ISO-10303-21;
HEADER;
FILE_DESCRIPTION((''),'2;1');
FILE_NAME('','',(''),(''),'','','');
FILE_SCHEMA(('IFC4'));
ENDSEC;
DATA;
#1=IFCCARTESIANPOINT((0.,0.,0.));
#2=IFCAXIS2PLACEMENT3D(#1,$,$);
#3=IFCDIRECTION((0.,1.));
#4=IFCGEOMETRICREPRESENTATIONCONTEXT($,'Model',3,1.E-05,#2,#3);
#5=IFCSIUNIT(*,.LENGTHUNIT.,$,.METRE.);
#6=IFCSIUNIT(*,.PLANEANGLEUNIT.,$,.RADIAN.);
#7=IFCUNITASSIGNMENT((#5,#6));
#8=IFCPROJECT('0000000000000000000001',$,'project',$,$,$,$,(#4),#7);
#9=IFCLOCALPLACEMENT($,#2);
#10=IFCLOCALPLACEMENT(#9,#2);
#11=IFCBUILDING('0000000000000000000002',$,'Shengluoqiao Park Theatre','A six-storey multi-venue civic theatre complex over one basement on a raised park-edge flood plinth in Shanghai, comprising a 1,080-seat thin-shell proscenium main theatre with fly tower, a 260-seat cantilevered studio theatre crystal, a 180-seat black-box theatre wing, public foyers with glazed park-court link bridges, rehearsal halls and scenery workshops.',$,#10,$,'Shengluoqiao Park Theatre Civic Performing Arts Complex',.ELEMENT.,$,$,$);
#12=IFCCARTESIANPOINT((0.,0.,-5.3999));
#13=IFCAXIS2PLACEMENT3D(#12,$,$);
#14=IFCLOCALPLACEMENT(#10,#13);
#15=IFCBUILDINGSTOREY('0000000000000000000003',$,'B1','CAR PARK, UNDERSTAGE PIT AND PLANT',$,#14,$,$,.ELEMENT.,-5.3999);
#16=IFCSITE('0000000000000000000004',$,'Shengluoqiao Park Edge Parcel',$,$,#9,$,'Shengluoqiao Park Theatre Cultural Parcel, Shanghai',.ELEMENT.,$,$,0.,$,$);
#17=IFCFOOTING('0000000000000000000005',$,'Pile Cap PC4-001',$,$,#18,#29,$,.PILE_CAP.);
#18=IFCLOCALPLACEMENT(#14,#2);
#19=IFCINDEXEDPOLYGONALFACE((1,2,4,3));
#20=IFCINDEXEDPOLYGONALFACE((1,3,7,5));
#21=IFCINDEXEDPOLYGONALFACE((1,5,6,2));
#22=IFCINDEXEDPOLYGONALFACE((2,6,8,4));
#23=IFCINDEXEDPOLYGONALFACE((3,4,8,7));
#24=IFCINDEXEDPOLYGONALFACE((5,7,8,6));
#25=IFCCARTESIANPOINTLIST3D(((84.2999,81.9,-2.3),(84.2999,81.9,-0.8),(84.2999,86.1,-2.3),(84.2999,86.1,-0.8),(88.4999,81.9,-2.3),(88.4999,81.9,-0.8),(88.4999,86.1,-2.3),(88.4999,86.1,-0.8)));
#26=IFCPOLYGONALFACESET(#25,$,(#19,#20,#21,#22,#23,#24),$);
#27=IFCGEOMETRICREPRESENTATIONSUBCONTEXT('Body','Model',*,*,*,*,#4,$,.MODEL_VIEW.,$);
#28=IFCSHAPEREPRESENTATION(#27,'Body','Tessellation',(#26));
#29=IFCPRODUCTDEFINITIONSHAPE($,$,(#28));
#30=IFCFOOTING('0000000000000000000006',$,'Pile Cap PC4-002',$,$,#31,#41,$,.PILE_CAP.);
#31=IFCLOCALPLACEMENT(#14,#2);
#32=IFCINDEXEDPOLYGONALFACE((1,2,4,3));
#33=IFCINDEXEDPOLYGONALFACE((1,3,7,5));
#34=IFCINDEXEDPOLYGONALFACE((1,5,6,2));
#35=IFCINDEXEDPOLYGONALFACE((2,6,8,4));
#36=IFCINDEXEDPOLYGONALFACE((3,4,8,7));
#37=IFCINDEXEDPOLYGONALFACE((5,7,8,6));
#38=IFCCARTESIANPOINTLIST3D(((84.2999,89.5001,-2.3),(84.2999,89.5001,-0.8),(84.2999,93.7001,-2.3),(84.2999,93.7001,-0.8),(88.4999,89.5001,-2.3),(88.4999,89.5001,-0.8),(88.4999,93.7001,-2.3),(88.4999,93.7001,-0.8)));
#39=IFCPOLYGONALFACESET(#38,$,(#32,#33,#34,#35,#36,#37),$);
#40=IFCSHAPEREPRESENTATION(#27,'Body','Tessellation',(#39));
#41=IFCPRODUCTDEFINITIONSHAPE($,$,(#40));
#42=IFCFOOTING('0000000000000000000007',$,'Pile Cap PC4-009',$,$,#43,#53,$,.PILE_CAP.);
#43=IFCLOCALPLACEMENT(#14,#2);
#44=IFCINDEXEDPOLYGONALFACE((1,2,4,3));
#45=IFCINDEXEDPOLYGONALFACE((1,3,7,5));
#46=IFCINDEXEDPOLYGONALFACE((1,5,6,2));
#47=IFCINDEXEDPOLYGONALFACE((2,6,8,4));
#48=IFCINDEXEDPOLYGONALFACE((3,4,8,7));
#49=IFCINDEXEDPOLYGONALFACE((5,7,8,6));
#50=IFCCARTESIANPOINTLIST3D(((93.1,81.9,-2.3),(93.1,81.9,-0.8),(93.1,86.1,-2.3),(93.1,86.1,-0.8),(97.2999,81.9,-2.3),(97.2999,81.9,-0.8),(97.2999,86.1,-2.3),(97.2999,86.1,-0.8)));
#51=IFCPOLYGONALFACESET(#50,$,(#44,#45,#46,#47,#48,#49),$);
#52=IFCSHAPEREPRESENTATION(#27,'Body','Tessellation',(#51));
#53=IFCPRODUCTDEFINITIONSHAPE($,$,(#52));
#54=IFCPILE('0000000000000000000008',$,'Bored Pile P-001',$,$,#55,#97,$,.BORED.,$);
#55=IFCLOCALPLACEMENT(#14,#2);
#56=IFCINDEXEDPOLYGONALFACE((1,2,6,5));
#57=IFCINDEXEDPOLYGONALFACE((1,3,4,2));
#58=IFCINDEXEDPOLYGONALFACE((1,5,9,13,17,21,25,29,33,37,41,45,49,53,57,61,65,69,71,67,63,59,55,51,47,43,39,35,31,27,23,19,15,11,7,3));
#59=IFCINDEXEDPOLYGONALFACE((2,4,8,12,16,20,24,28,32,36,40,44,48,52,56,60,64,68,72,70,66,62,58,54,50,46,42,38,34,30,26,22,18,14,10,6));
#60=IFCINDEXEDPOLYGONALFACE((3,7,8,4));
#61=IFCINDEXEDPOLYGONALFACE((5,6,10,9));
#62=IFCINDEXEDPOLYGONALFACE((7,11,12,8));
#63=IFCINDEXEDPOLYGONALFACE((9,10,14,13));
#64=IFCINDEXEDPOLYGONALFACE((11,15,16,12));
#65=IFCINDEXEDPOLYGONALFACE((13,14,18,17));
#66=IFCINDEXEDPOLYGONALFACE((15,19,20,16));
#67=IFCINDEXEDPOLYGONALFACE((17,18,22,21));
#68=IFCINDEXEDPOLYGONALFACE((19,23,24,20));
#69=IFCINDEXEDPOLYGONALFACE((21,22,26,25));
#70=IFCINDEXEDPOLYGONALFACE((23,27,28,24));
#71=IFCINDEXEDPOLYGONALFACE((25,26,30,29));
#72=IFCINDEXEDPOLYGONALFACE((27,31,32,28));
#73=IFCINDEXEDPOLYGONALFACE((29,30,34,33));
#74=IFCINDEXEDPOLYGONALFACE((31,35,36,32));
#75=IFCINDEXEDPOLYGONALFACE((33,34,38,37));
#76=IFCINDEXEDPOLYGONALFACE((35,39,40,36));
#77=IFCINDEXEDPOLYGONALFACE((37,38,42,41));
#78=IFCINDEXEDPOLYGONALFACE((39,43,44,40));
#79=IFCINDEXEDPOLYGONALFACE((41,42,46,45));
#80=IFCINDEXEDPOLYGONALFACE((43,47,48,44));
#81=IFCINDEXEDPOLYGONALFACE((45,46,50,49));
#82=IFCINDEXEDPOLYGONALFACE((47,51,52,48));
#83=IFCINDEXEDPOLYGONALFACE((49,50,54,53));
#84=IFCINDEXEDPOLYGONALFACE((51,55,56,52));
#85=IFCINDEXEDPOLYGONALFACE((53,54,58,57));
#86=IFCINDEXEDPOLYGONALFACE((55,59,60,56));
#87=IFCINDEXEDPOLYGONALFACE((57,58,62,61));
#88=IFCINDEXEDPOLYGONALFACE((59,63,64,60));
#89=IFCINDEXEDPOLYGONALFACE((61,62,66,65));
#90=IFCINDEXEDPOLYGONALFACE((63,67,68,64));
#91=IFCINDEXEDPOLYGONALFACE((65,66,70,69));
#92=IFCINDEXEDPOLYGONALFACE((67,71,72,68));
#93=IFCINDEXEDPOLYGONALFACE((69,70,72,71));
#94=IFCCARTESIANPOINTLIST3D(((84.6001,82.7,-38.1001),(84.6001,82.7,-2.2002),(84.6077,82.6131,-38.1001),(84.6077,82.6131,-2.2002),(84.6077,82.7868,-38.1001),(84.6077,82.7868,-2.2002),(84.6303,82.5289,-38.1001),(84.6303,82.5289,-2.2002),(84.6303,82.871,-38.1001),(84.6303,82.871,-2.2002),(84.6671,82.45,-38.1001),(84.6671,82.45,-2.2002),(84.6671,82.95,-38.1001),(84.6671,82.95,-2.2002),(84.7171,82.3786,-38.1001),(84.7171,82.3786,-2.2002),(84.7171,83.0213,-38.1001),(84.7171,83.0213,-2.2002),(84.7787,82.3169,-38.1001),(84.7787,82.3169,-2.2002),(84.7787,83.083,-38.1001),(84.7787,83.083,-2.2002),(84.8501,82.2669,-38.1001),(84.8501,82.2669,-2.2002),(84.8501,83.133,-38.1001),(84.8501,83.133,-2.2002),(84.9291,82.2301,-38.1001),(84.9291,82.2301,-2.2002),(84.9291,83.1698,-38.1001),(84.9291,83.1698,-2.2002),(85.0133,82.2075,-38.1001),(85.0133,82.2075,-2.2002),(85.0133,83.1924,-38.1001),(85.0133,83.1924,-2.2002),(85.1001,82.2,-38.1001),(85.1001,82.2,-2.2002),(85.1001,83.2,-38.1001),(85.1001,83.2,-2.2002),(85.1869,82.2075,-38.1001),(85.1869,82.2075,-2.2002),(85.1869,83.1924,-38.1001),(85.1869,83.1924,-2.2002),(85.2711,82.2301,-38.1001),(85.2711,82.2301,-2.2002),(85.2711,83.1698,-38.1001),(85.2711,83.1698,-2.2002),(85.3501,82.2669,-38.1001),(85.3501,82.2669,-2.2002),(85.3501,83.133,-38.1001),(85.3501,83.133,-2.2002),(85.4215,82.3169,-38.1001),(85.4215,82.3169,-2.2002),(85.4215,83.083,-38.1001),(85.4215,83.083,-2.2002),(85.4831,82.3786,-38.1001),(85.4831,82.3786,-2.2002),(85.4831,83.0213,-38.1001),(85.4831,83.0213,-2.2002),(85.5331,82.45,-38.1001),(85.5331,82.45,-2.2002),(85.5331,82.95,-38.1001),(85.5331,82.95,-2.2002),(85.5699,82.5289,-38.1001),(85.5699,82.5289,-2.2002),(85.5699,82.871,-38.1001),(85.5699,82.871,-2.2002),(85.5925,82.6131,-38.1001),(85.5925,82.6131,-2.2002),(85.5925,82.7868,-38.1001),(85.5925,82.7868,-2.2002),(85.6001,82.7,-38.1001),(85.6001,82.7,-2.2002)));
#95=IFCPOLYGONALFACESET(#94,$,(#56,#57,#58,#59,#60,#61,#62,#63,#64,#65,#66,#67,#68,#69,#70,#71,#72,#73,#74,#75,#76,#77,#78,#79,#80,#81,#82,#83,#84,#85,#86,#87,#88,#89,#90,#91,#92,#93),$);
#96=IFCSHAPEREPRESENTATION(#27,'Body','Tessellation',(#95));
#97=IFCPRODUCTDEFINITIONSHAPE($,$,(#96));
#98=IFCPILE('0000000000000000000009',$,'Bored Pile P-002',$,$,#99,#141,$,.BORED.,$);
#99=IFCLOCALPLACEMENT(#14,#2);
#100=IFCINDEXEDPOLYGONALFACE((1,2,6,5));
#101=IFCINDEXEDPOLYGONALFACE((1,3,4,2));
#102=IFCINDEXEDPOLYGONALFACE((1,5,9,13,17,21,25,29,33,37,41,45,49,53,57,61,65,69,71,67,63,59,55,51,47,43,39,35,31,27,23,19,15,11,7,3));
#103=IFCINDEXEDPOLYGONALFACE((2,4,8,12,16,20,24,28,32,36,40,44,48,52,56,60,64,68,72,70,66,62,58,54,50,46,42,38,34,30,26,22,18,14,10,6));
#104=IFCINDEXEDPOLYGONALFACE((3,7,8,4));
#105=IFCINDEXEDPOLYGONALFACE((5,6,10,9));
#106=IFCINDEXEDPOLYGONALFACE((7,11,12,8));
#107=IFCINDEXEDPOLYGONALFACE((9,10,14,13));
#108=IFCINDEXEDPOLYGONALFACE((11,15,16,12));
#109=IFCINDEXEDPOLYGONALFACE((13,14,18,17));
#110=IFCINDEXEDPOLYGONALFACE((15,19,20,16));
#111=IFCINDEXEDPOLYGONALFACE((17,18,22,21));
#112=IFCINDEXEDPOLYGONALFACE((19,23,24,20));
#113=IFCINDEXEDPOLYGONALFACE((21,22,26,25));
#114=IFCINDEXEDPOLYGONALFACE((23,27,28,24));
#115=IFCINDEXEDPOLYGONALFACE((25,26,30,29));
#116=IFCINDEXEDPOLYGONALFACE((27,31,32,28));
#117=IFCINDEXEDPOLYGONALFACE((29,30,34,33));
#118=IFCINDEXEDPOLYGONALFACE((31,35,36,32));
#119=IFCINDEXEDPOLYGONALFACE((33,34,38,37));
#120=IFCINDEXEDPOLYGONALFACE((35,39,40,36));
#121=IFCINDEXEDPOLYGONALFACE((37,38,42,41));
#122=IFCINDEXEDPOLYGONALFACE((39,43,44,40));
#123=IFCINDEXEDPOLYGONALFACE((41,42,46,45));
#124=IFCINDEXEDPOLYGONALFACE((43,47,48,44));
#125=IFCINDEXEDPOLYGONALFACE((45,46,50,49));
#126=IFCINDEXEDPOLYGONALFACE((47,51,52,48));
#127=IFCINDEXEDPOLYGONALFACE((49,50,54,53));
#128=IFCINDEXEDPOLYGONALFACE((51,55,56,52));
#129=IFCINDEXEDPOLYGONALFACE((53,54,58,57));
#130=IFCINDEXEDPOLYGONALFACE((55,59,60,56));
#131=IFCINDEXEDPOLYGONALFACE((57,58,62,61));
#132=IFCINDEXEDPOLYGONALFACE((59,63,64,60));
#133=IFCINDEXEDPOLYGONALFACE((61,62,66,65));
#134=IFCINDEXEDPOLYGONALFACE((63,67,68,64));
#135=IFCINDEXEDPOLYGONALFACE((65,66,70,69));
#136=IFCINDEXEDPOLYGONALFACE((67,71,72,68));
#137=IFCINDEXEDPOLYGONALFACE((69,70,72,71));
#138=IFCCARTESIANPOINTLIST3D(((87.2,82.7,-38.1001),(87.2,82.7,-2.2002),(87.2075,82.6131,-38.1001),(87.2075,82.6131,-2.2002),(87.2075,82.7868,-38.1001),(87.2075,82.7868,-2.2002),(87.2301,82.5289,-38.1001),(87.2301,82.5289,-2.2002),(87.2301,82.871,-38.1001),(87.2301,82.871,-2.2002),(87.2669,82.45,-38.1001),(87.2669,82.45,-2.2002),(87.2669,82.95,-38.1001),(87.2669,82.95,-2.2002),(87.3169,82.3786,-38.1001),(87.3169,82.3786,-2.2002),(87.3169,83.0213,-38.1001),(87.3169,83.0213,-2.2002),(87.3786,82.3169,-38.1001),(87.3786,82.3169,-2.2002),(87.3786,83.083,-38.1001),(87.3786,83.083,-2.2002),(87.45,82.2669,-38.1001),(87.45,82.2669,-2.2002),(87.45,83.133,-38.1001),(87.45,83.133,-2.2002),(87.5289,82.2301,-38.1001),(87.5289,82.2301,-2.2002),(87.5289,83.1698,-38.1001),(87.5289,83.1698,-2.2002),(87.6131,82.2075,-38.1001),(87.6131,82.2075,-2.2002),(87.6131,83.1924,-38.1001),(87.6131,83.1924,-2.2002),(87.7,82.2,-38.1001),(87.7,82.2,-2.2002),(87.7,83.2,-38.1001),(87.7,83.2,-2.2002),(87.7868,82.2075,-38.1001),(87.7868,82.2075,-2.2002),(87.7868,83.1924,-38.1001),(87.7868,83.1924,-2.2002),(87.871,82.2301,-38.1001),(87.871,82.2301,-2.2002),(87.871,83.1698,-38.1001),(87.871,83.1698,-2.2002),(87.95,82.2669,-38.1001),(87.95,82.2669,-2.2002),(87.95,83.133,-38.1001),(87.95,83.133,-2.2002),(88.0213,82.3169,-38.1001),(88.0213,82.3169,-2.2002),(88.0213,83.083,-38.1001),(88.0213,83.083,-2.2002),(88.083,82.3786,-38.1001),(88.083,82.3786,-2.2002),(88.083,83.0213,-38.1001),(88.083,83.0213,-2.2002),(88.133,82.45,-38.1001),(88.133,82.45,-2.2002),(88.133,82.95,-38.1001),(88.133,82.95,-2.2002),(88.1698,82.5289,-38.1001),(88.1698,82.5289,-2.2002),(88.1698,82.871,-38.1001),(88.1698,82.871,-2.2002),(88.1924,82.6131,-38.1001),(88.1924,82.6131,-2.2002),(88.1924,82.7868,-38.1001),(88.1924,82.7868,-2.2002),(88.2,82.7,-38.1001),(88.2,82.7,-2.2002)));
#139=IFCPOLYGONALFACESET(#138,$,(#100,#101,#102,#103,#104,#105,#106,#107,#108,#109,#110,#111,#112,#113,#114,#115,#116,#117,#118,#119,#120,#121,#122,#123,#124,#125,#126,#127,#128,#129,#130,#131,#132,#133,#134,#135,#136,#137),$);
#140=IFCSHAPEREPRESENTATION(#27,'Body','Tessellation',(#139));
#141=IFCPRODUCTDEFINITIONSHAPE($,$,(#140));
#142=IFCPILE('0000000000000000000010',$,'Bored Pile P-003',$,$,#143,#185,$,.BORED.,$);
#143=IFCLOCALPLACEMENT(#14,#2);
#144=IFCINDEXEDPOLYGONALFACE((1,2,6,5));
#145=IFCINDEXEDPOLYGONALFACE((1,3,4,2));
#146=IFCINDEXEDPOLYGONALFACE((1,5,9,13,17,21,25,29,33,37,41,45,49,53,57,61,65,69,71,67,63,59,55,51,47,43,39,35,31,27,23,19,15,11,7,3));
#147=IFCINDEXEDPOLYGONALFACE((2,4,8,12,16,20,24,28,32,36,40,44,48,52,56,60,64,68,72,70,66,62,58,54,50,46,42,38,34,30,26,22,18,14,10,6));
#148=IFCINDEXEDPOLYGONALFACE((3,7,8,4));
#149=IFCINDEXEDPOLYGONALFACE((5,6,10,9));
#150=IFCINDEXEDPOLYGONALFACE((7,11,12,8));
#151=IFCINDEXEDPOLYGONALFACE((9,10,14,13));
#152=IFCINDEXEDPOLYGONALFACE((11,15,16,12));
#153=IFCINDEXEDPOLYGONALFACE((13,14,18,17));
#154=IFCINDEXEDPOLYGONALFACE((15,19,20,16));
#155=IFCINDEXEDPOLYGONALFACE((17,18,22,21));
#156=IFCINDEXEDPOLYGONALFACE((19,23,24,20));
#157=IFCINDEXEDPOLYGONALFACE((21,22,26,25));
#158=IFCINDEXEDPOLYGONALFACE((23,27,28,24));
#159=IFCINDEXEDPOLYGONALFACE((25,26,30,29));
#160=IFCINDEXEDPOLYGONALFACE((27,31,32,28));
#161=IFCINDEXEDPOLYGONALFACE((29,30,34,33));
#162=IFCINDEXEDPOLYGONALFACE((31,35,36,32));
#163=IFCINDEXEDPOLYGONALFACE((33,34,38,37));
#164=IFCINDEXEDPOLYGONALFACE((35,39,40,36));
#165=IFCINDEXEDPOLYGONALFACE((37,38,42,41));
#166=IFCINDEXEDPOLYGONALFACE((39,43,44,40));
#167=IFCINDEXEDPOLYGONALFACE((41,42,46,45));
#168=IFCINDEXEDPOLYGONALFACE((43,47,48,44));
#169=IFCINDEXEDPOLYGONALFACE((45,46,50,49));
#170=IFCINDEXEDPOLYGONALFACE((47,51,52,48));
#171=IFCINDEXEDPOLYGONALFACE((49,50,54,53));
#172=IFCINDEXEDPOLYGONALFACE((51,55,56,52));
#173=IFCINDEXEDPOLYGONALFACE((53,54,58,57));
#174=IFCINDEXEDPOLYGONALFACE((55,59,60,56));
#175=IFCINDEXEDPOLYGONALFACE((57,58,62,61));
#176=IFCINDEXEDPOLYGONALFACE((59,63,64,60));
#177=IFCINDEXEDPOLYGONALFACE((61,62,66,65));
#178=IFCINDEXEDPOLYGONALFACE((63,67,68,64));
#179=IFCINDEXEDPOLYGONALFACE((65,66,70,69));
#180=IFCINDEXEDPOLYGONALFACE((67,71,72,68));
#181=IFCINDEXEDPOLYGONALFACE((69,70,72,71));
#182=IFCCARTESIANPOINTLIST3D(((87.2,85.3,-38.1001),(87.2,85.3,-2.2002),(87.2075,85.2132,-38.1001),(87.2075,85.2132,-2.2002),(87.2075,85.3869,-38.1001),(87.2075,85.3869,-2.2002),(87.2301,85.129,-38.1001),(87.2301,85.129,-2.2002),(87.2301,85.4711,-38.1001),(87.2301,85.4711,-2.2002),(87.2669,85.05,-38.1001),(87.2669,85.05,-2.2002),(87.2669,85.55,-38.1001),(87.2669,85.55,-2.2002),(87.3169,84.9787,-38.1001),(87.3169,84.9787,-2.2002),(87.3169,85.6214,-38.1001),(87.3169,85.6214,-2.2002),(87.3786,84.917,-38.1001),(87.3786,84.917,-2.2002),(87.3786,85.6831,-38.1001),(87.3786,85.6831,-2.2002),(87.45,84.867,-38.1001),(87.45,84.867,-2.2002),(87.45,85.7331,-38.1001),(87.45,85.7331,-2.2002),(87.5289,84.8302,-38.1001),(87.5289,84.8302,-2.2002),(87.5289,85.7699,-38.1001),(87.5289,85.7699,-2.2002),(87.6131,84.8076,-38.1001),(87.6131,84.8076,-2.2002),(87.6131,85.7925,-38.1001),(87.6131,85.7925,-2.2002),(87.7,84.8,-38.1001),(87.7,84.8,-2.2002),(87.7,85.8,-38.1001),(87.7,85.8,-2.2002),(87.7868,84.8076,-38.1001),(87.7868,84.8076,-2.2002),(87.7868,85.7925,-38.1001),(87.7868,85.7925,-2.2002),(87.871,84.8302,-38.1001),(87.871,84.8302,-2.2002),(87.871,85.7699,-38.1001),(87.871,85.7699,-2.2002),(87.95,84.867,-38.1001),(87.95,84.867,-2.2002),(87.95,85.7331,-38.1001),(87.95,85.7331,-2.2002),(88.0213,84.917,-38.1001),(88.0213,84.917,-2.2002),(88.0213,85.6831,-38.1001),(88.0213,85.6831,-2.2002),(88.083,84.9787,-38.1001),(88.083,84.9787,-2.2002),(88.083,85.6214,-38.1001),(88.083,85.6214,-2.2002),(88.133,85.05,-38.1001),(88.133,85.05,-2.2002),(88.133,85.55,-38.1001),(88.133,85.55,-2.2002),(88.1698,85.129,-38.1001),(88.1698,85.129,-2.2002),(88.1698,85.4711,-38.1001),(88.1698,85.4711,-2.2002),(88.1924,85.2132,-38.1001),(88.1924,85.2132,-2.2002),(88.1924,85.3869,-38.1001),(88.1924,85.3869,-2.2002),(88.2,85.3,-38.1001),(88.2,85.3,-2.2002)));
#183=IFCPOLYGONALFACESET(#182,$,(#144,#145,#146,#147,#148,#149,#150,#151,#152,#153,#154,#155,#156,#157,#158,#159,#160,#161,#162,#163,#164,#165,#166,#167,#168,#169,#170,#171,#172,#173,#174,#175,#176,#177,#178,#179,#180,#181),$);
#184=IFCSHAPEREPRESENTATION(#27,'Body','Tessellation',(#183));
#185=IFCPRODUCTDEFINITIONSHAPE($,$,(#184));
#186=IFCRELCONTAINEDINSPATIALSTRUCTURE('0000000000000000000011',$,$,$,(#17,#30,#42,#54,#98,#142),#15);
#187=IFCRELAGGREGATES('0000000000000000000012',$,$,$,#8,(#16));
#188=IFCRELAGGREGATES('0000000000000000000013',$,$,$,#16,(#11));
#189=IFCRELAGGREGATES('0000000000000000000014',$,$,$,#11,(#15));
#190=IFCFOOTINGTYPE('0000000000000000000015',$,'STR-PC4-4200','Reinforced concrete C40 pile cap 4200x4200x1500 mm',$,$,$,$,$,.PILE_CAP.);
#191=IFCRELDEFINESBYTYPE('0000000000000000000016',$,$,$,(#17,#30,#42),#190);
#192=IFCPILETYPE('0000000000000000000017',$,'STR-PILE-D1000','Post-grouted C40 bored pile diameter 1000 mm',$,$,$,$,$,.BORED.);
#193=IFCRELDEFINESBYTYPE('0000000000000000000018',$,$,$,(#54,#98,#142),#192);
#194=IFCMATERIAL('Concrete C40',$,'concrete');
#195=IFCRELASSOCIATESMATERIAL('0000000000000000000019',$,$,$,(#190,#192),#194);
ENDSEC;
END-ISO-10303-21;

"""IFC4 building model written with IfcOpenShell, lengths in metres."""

from ifc_helpers import new_model, si_unit, direction, frame, origin, origin_2d, place, context, subcontext, project, spatial, rectangle, circle, extrude, material, material_profile, profile_set, type_object, element, save


model = new_model("IFC4")

# Units and contexts
model_context = context("Model", 3, precision=1e-05, world=origin(), true_north=direction((0.0, 1.0)))
body_context = subcontext(model_context, "Body", "Model", "MODEL_VIEW")
ifc_project = project(units=[si_unit("LENGTHUNIT", "METRE"), si_unit("PLANEANGLEUNIT", "RADIAN")], contexts=[model_context])

# Site, building, storey
site_placement = place(None, origin())
site = spatial("IfcSite", under=ifc_project, at=site_placement, Name="Shengluoqiao Park Edge Parcel", LongName="Shengluoqiao Park Theatre Cultural Parcel, Shanghai", CompositionType="ELEMENT", RefElevation=0.0)
building_placement = place(site_placement, origin())
building = spatial("IfcBuilding", under=site, at=building_placement, Name="Shengluoqiao Park Theatre", Description="A six-storey multi-venue civic theatre complex over one basement on a raised park-edge flood plinth in Shanghai, comprising a 1,080-seat thin-shell proscenium main theatre with fly tower, a 260-seat cantilevered studio theatre crystal, a 180-seat black-box theatre wing, public foyers with glazed park-court link bridges, rehearsal halls and scenery workshops.", LongName="Shengluoqiao Park Theatre Civic Performing Arts Complex", CompositionType="ELEMENT")
storey_placement = place(building_placement, frame((0.0, 0.0, -5.3999)))
storey = spatial("IfcBuildingStorey", under=building, at=storey_placement, Name="B1", Description="CAR PARK, UNDERSTAGE PIT AND PLANT", CompositionType="ELEMENT", Elevation=-5.3999)

# Footings
ifc_material_1 = material(Name="Concrete C40", Category="concrete")
footing_type = type_object("IfcFootingType", Name="STR-PC4-4200", Description="Reinforced concrete C40 pile cap 4200x4200x1500 mm", PredefinedType="PILE_CAP", material=ifc_material_1)
for number, where, z_axis, x_axis, name in (
    (1, (86.3999, 84.0, -2.3), (0.0, 0.0, 1.0), (1.0, 0.0, 0.0), "Pile Cap PC4-001"),
    (2, (86.3999, 91.6001, -2.3), (0.0, 0.0, 1.0), (1.0, 0.0, 0.0), "Pile Cap PC4-002"),
    (3, (95.2, 84.0, -2.3), (0.0, 0.0, 1.0), (1.0, 0.0, 0.0), "Pile Cap PC4-009"),
):
    element("IfcFooting", number, at=place(storey_placement, frame(where, z_axis=z_axis, x_axis=x_axis)), inside=storey, type_object=footing_type, Name=name, PredefinedType="PILE_CAP", context=body_context, shape_type="SweptSolid", body=[
        extrude(rectangle(XDim=4.2, YDim=4.2, at=origin_2d()), origin(), (0.0, 0.0, 1.0), 1.5),
    ])

# Piles
ifc_material_profile_1 = material_profile(ifc_material_1, circle(Radius=0.5, at=origin_2d()), Name="BORED PILE D1000")
ifc_profile_set_1 = profile_set([ifc_material_profile_1], Name="Concrete C40")
pile_type = type_object("IfcPileType", Name="STR-PILE-D1000", Description="Post-grouted C40 bored pile diameter 1000 mm", PredefinedType="BORED", material=ifc_profile_set_1)
for number, where, z_axis, x_axis, name in (
    (4, (85.1001, 82.7, -2.2002), (0.0, 0.0, -1.0), (1.0, 0.0, 0.0), "Bored Pile P-001"),
    (5, (87.7, 82.7, -2.2002), (0.0, 0.0, -1.0), (1.0, 0.0, 0.0), "Bored Pile P-002"),
    (6, (87.7, 85.3, -2.2002), (0.0, 0.0, -1.0), (1.0, 0.0, 0.0), "Bored Pile P-003"),
):
    element("IfcPile", number, at=place(storey_placement, frame(where, z_axis=z_axis, x_axis=x_axis)), inside=storey, type_object=pile_type, Name=name, PredefinedType="BORED", context=body_context, shape_type="SweptSolid", body=[
        extrude(circle(Radius=0.5, at=origin_2d()), origin(), (0.0, 0.0, 1.0), 35.8999),
    ])

save(model, "model.ifc")
